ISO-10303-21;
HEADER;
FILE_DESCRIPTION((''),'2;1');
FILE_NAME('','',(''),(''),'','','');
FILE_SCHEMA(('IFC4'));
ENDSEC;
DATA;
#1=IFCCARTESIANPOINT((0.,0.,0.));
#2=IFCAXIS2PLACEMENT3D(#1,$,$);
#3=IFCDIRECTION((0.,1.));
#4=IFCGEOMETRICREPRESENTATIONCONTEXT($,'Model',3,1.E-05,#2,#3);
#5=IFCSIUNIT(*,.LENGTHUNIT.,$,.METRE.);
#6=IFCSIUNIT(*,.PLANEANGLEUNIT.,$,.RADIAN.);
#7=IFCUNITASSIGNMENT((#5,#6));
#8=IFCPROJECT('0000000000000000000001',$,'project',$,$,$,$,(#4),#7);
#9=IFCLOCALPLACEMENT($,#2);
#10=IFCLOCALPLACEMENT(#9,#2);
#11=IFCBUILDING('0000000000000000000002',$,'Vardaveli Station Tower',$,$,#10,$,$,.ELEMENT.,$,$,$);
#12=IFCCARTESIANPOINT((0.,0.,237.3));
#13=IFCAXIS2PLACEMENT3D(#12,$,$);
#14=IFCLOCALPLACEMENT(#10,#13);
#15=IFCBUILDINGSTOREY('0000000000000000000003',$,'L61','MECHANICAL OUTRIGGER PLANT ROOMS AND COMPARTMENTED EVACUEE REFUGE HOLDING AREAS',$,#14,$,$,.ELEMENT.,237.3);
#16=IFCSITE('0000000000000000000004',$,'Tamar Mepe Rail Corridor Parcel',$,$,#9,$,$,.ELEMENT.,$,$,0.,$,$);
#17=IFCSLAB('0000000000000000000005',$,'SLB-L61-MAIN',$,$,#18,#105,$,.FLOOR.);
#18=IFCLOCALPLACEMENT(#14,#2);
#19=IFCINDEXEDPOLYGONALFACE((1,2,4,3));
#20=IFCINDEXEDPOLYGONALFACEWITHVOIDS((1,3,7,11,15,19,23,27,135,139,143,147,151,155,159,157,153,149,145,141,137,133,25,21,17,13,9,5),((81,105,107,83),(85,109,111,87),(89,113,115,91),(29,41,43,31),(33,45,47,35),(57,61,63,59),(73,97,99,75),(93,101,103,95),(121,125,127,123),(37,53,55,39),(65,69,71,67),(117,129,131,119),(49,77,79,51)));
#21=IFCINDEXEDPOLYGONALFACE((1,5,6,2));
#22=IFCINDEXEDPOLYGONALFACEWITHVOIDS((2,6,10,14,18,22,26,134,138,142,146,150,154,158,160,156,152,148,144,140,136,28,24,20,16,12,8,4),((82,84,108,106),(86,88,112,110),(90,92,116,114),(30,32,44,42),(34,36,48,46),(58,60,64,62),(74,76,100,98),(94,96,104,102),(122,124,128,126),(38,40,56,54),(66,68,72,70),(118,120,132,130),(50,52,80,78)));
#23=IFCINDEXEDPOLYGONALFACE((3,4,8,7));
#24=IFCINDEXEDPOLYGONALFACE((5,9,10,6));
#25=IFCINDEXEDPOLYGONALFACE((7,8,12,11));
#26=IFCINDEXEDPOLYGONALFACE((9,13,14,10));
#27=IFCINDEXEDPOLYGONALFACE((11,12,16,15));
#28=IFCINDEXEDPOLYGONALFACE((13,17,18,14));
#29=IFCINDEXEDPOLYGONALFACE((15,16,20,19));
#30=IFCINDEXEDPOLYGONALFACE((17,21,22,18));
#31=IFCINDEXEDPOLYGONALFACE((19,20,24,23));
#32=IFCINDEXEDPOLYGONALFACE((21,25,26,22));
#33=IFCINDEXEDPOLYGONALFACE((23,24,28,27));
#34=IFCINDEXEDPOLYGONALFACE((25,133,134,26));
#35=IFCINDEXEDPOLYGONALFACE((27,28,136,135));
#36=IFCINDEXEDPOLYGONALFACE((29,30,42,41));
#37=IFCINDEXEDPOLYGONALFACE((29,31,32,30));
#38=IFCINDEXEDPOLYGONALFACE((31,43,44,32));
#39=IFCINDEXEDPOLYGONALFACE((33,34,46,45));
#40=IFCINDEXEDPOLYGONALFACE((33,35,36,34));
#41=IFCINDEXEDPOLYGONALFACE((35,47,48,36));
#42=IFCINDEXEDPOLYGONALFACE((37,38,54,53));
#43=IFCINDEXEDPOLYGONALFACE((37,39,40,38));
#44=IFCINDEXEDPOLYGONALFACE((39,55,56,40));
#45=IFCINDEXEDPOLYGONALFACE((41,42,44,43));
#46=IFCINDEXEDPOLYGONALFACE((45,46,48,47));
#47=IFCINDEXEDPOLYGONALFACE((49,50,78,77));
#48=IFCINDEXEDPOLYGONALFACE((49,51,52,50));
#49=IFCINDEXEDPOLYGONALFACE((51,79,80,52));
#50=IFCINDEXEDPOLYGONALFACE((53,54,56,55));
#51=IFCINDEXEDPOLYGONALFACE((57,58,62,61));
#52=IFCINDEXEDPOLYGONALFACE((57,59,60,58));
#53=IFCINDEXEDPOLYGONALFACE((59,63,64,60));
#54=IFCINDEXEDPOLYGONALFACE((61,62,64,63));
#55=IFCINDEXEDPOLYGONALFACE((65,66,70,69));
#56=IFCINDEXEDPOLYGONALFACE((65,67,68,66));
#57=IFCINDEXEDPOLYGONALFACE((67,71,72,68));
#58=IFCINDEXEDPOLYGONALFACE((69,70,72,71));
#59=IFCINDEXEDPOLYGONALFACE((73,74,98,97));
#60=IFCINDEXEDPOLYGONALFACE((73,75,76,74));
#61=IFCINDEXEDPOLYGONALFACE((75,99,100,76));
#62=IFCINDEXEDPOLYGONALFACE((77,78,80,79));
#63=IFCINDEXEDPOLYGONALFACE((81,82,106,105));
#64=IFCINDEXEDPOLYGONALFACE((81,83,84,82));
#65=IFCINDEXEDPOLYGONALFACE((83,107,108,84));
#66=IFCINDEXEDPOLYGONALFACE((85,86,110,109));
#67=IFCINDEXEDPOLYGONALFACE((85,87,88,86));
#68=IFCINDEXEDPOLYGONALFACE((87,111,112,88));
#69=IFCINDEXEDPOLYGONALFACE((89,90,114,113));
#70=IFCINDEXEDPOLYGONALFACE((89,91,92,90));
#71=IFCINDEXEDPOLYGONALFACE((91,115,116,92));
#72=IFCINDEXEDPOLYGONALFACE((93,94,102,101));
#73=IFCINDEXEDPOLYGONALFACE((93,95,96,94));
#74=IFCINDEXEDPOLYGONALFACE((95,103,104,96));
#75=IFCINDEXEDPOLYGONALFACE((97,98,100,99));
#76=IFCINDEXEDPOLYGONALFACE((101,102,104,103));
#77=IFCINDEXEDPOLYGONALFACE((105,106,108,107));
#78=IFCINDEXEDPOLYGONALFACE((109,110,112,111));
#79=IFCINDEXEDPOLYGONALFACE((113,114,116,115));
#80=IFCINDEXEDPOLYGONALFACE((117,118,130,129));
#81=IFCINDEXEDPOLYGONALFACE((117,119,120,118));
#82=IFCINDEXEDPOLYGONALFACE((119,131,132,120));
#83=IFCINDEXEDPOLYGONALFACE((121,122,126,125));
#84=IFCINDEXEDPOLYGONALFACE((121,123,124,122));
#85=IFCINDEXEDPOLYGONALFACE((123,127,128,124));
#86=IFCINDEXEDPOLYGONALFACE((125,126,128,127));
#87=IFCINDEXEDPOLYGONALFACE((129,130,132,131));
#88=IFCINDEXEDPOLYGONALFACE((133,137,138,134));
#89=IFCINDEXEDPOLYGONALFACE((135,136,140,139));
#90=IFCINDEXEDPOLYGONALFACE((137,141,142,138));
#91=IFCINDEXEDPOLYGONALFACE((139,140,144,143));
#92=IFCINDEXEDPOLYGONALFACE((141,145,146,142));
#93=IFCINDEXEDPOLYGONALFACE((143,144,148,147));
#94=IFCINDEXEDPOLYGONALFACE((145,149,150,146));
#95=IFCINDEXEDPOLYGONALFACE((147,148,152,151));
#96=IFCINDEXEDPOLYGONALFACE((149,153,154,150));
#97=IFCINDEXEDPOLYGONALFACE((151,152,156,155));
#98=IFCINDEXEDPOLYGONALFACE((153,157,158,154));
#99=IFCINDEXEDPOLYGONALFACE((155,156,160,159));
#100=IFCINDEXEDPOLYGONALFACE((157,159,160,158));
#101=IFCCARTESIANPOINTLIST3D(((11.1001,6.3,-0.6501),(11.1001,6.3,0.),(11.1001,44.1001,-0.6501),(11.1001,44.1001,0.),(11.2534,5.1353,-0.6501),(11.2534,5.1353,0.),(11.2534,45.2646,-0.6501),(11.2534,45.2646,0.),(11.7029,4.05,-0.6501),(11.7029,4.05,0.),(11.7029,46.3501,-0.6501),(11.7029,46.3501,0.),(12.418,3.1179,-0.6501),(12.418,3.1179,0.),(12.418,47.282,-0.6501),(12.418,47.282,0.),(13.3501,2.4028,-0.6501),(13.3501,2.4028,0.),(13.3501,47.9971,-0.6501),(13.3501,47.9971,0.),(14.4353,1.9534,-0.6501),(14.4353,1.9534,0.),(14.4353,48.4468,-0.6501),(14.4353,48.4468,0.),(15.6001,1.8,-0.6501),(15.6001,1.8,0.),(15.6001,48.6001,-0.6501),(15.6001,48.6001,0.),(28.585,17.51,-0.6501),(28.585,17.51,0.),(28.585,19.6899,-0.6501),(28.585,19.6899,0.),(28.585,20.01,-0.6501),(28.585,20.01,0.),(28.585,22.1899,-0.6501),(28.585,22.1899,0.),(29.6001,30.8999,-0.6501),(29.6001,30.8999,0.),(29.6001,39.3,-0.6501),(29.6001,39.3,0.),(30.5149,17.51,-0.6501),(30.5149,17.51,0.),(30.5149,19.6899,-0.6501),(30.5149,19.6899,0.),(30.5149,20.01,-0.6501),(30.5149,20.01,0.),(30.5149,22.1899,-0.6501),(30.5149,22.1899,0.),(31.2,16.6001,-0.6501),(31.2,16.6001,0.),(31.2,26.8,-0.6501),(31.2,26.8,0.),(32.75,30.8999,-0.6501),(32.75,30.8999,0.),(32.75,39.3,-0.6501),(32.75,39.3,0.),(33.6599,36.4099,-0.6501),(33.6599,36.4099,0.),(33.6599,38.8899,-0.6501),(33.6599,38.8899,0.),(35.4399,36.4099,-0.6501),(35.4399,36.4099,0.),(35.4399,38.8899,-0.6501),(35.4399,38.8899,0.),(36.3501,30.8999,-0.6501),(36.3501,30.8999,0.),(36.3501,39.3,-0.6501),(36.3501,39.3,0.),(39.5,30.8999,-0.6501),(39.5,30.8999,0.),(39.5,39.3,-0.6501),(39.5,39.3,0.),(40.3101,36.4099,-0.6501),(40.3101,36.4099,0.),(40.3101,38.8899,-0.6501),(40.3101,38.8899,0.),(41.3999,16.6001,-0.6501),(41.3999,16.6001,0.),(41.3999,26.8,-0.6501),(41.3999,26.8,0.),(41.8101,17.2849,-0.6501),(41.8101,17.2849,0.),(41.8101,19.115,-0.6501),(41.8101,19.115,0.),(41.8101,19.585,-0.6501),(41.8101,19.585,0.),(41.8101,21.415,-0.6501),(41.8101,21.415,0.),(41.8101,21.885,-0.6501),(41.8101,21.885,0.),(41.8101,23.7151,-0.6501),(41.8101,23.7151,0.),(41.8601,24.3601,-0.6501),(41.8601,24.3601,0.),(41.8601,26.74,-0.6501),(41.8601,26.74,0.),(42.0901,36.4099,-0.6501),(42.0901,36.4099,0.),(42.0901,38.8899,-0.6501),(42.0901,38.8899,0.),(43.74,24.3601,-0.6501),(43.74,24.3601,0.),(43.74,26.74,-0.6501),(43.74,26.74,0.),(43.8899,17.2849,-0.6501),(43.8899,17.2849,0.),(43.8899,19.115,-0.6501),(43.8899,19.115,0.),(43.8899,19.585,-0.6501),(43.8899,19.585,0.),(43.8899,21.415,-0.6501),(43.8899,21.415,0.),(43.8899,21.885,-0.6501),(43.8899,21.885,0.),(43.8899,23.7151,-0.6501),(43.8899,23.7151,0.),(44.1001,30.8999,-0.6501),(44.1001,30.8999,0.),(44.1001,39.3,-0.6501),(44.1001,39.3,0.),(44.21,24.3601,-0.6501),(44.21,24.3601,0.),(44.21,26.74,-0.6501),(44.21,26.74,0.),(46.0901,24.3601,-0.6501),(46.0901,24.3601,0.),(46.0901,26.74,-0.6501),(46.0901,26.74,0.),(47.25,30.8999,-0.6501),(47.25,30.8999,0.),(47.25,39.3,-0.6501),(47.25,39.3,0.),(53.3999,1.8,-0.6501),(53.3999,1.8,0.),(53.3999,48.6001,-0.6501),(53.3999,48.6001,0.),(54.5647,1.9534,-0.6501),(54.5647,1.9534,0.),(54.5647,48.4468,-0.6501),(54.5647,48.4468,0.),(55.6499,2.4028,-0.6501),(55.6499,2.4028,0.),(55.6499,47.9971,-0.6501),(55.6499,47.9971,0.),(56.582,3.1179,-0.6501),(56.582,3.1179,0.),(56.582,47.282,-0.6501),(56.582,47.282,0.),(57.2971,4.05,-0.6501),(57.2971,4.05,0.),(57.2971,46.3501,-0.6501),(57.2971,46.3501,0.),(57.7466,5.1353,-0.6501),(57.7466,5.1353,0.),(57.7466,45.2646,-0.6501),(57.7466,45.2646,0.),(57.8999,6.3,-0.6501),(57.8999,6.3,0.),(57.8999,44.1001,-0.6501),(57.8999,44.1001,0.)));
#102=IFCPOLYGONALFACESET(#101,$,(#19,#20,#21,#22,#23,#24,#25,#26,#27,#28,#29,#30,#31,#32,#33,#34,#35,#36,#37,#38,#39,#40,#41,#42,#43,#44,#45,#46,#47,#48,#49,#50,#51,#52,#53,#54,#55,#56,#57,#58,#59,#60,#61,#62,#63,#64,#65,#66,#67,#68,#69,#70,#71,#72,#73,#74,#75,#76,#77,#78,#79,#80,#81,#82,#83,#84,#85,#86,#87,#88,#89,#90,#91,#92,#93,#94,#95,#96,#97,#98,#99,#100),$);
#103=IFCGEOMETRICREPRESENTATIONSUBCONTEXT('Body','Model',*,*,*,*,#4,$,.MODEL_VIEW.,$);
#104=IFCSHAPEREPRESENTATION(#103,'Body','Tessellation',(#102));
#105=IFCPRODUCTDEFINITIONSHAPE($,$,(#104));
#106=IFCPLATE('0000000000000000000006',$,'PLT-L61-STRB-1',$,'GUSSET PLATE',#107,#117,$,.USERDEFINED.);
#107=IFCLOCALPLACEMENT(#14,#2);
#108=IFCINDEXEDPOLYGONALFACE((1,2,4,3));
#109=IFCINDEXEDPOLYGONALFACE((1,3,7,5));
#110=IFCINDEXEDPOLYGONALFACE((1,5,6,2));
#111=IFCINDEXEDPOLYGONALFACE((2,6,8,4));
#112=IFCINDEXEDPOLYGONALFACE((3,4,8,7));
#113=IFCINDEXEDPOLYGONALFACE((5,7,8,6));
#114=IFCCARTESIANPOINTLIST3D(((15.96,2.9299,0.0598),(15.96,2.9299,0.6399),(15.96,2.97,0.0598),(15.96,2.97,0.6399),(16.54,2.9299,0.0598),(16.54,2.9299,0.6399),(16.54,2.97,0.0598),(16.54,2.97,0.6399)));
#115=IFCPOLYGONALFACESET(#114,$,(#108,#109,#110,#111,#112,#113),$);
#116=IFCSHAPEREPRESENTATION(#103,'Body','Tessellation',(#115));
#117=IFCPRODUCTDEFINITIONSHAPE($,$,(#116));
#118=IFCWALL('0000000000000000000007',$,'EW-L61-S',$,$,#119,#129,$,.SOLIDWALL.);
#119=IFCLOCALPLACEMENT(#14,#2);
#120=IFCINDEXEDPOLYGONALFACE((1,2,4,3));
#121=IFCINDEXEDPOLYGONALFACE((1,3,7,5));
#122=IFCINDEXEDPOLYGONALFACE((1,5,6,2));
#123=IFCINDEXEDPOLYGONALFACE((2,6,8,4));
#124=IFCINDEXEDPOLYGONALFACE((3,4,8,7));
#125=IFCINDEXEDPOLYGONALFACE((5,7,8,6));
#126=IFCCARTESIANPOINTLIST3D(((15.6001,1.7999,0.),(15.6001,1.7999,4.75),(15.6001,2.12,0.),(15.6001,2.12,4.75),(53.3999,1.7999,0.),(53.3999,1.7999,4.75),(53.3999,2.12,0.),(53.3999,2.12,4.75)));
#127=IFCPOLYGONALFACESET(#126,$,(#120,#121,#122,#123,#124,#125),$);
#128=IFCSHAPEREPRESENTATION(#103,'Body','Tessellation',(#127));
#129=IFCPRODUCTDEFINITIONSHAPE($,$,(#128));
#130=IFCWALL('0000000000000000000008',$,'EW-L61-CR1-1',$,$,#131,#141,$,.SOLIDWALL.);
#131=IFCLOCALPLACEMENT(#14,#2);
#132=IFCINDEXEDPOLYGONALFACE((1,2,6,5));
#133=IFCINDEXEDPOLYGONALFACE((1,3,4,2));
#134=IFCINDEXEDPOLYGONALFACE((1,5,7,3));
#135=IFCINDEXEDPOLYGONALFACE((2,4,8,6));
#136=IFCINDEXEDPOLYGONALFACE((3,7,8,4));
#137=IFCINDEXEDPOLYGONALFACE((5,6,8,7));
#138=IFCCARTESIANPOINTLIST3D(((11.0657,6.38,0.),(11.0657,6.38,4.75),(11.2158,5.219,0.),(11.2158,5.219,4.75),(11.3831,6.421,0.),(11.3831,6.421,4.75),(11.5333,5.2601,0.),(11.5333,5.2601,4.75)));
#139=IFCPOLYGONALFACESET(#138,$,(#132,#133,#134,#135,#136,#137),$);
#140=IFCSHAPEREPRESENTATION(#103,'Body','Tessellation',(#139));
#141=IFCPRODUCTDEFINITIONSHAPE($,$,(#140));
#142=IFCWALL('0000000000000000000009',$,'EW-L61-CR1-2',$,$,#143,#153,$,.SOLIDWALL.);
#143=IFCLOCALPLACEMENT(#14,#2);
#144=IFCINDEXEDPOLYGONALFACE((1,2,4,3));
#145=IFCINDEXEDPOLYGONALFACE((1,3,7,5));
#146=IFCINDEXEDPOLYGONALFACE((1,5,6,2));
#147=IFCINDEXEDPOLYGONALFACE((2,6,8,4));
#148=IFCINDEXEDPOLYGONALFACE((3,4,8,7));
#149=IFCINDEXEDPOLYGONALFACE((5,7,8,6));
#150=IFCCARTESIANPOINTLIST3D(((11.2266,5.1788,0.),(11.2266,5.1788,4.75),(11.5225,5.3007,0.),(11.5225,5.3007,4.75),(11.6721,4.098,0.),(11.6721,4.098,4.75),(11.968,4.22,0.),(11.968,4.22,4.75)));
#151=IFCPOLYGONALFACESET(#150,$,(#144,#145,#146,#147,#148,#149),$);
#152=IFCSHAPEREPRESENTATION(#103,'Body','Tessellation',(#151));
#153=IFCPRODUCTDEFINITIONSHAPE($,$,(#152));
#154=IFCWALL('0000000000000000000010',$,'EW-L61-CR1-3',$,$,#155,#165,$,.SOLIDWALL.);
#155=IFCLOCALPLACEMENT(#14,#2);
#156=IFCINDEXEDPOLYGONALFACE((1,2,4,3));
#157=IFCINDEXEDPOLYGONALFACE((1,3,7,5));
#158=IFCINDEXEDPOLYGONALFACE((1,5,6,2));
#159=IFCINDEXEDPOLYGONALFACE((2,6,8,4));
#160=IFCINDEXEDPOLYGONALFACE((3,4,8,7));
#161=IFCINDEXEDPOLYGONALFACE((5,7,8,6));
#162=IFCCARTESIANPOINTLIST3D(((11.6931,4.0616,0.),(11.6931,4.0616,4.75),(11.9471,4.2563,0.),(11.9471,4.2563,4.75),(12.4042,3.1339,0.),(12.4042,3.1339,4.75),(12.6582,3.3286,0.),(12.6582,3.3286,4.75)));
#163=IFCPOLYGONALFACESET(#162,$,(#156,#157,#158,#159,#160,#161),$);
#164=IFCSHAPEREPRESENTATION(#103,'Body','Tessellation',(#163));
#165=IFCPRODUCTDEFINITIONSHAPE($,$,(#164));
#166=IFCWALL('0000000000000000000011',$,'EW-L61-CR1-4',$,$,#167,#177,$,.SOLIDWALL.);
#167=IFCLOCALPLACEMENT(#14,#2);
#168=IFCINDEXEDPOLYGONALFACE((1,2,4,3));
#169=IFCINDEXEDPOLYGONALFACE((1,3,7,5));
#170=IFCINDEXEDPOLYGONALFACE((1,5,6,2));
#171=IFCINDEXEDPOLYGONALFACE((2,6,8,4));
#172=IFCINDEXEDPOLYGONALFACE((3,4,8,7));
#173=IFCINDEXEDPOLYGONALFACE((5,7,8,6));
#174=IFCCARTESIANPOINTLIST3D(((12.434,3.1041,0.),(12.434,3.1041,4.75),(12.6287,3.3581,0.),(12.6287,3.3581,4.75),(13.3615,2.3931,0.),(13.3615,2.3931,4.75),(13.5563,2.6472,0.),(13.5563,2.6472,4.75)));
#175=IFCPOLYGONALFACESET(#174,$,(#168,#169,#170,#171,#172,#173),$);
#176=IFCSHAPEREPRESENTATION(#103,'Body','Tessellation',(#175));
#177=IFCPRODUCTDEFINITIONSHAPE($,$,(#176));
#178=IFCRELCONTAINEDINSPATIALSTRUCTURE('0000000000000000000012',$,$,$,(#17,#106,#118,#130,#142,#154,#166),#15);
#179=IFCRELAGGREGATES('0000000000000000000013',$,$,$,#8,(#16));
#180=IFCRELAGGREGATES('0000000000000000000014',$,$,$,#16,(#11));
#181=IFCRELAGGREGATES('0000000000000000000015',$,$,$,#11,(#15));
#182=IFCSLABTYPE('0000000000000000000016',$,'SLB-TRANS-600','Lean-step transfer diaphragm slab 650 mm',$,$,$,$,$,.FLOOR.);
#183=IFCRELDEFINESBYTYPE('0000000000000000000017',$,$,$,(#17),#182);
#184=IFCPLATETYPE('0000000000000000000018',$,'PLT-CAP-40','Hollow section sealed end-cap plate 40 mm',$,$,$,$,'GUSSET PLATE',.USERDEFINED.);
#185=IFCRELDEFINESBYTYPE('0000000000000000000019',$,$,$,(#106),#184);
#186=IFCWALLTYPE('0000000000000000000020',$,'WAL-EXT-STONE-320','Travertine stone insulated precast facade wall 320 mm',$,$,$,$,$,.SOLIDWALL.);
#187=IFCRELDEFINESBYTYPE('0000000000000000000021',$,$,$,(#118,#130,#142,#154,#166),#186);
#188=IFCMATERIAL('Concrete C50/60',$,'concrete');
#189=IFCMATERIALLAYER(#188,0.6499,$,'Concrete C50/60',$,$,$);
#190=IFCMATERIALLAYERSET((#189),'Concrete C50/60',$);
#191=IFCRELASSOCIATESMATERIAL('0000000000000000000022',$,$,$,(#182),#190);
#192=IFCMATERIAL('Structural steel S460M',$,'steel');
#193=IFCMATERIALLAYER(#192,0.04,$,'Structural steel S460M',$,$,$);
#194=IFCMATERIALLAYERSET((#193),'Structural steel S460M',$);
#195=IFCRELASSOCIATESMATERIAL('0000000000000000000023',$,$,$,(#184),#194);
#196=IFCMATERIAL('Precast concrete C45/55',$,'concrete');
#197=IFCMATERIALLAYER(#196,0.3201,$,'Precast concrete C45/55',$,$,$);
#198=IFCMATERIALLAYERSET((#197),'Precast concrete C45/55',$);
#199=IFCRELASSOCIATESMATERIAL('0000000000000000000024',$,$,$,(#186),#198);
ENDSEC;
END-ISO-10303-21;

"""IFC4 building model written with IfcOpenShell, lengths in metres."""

from ifc_helpers import new_model, si_unit, direction, frame, frame_2d, origin, origin_2d, place, context, subcontext, project, spatial, polyline, rectangle, outline, extrude, source, transform, mapped, material, layer, layer_set, type_object, element, save


model = new_model("IFC4")

# Units and contexts
model_context = context("Model", 3, precision=1e-05, world=origin(), true_north=direction((0.0, 1.0)))
body_context = subcontext(model_context, "Body", "Model", "MODEL_VIEW")
ifc_project = project(units=[si_unit("LENGTHUNIT", "METRE"), si_unit("PLANEANGLEUNIT", "RADIAN")], contexts=[model_context])

# Site, building, storey
site_placement = place(None, origin())
site = spatial("IfcSite", under=ifc_project, at=site_placement, Name="Tamar Mepe Rail Corridor Parcel", CompositionType="ELEMENT", RefElevation=0.0)
building_placement = place(site_placement, origin())
building = spatial("IfcBuilding", under=site, at=building_placement, Name="Vardaveli Station Tower", CompositionType="ELEMENT")
storey_placement = place(building_placement, frame((0.0, 0.0, 237.3)))
storey = spatial("IfcBuildingStorey", under=building, at=storey_placement, Name="L61", Description="MECHANICAL OUTRIGGER PLANT ROOMS AND COMPARTMENTED EVACUEE REFUGE HOLDING AREAS", CompositionType="ELEMENT", Elevation=237.3)

# Shared definitions
ifc_material_1 = material(Name="Structural steel S460M", Category="steel")

# Slab
ifc_material_2 = material(Name="Concrete C50/60", Category="concrete")
ifc_layer_1 = layer(ifc_material_2, 0.6499, Name="Concrete C50/60")
ifc_layer_set_1 = layer_set([ifc_layer_1], Name="Concrete C50/60")
slab_type_1 = type_object("IfcSlabType", Name="SLB-TRANS-600", Description="Lean-step transfer diaphragm slab 650 mm", PredefinedType="FLOOR", material=ifc_layer_set_1)
slab_1_placement = place(storey_placement, frame((0.0, 0.0, -0.6501)))
element("IfcSlab", 1, at=slab_1_placement, inside=storey, type_object=slab_type_1, Name="SLB-L61-MAIN", PredefinedType="FLOOR", context=body_context, shape_type="SweptSolid", body=[
    extrude(outline(polyline([(11.1001, 6.3), (11.2534, 5.1353), (11.7029, 4.05), (12.418, 3.1179), (13.3501, 2.4028), (14.4353, 1.9534), (15.6001, 1.8), (53.3999, 1.8), (54.5647, 1.9534), (55.6499, 2.4028), (56.582, 3.1179), (57.2971, 4.05), (57.7466, 5.1353), (57.8999, 6.3), (57.8999, 44.1001), (57.7466, 45.2646), (57.2971, 46.3501), (56.582, 47.282), (55.6499, 47.9971), (54.5647, 48.4468), (53.3999, 48.6001), (15.6001, 48.6001), (14.4353, 48.4468), (13.3501, 47.9971), (12.418, 47.282), (11.7029, 46.3501), (11.2534, 45.2646), (11.1001, 44.1001), (11.1001, 6.3)]), holes=[polyline([(31.2, 16.6001), (41.3999, 16.6001), (41.3999, 26.8), (31.2, 26.8), (31.2, 16.6001)]), polyline([(32.75, 30.8999), (32.75, 39.3), (29.6001, 39.3), (29.6001, 30.8999), (32.75, 30.8999)]), polyline([(39.5, 30.8999), (39.5, 39.3), (36.3501, 39.3), (36.3501, 30.8999), (39.5, 30.8999)]), polyline([(47.25, 30.8999), (47.25, 39.3), (44.1001, 39.3), (44.1001, 30.8999), (47.25, 30.8999)]), polyline([(33.6599, 36.4099), (35.4399, 36.4099), (35.4399, 38.8899), (33.6599, 38.8899), (33.6599, 36.4099)]), polyline([(40.3101, 36.4099), (42.0901, 36.4099), (42.0901, 38.8899), (40.3101, 38.8899), (40.3101, 36.4099)]), polyline([(41.8101, 21.885), (43.8899, 21.885), (43.8899, 23.7151), (41.8101, 23.7151), (41.8101, 21.885)]), polyline([(41.8101, 19.585), (43.8899, 19.585), (43.8899, 21.415), (41.8101, 21.415), (41.8101, 19.585)]), polyline([(41.8101, 17.2849), (43.8899, 17.2849), (43.8899, 19.115), (41.8101, 19.115), (41.8101, 17.2849)]), polyline([(28.585, 17.51), (30.5149, 17.51), (30.5149, 19.6899), (28.585, 19.6899), (28.585, 17.51)]), polyline([(28.585, 20.01), (30.5149, 20.01), (30.5149, 22.1899), (28.585, 22.1899), (28.585, 20.01)]), polyline([(41.8601, 24.3601), (43.74, 24.3601), (43.74, 26.74), (41.8601, 26.74), (41.8601, 24.3601)]), polyline([(44.21, 24.3601), (46.0901, 24.3601), (46.0901, 26.74), (44.21, 26.74), (44.21, 24.3601)])]), origin(), (0.0, 0.0, 1.0), 0.6501),
])

# Plate
ifc_layer_2 = layer(ifc_material_1, 0.04, Name="Structural steel S460M")
ifc_layer_set_2 = layer_set([ifc_layer_2], Name="Structural steel S460M")
plate_type = type_object("IfcPlateType", Name="PLT-CAP-40", Description="Hollow section sealed end-cap plate 40 mm", ElementType="GUSSET PLATE", PredefinedType="USERDEFINED", material=ifc_layer_set_2)
shared_shape_1 = source(origin(), body_context, "Body", "SweptSolid", [
    extrude(rectangle(XDim=0.5801, YDim=0.04, at=origin_2d()), origin(), (0.0, 0.0, 1.0), 0.5801),
])
plate_placement = place(storey_placement, frame((16.25, 2.95, 0.0598), z_axis=(0.0, 0.0, 1.0), x_axis=(1.0, 0.0, 0.0)))
element("IfcPlate", 2, at=plate_placement, inside=storey, type_object=plate_type, Name="PLT-L61-STRB-1", ObjectType="GUSSET PLATE", PredefinedType="USERDEFINED", context=body_context, shape_type="MappedRepresentation", body=[
    mapped(shared_shape_1, transform((0.0, 0.0, 0.0), scale=1.0)),
])

# Walls
ifc_material_3 = material(Name="Precast concrete C45/55", Category="concrete")
ifc_layer_3 = layer(ifc_material_3, 0.3201, Name="Precast concrete C45/55")
ifc_layer_set_3 = layer_set([ifc_layer_3], Name="Precast concrete C45/55")
wall_type_1 = type_object("IfcWallType", Name="WAL-EXT-STONE-320", Description="Travertine stone insulated precast facade wall 320 mm", PredefinedType="SOLIDWALL", material=ifc_layer_set_3)
shared_shape_2 = source(origin(), body_context, "Body", "SweptSolid", [
    extrude(rectangle(XDim=37.7998, YDim=0.3201, at=frame_2d((18.8999, 0.0))), origin(), (0.0, 0.0, 1.0), 4.75),
])
wall_1_placement = place(storey_placement, frame((15.6001, 1.96, 0.0), z_axis=(0.0, 0.0, 1.0), x_axis=(1.0, 0.0, 0.0)))
element("IfcWall", 3, at=wall_1_placement, inside=storey, type_object=wall_type_1, Name="EW-L61-S", PredefinedType="SOLIDWALL", context=body_context, shape_type="MappedRepresentation", body=[
    mapped(shared_shape_2, transform((0.0, 0.0, 0.0), scale=1.0)),
])
shared_shape_3 = source(origin(), body_context, "Body", "SweptSolid", [
    extrude(rectangle(XDim=1.1707, YDim=0.3201, at=frame_2d((0.5854, 0.0))), origin(), (0.0, 0.0, 1.0), 4.75),
])
wall_2_placement = place(storey_placement, frame((11.2244, 6.4006, 0.0), z_axis=(0.0, 0.0, 1.0), x_axis=(0.128269, -0.991739, 0.0)))
element("IfcWall", 4, at=wall_2_placement, inside=storey, type_object=wall_type_1, Name="EW-L61-CR1-1", PredefinedType="SOLIDWALL", context=body_context, shape_type="MappedRepresentation", body=[
    mapped(shared_shape_3, transform((0.0, 0.0, 0.0), scale=1.0)),
])
shared_shape_4 = source(origin(), body_context, "Body", "SweptSolid", [
    extrude(rectangle(XDim=1.1689, YDim=0.3201, at=frame_2d((0.5845, 0.0))), origin(), (0.0, 0.0, 1.0), 4.75),
])
for number, where, z_axis, x_axis, name in (
    (5, (11.3745, 5.2397, 0.0), (0.0, 0.0, 1.0), (0.381128, -0.924522, 0.0), "EW-L61-CR1-2"),
    (6, (11.8201, 4.1589, 0.0), (0.0, 0.0, 1.0), (0.608388, -0.79364, 0.0), "EW-L61-CR1-3"),
):
    element("IfcWall", number, at=place(storey_placement, frame(where, z_axis=z_axis, x_axis=x_axis)), inside=storey, type_object=wall_type_1, Name=name, PredefinedType="SOLIDWALL", context=body_context, shape_type="MappedRepresentation", body=[
        mapped(shared_shape_4, transform((0.0, 0.0, 0.0), scale=1.0)),
    ])
shared_shape_5 = source(origin(), body_context, "Body", "SweptSolid", [
    extrude(rectangle(XDim=1.1687, YDim=0.3201, at=frame_2d((0.5845, 0.0))), origin(), (0.0, 0.0, 1.0), 4.75),
])
wall_3_placement = place(storey_placement, frame((12.5312, 3.2312, 0.0), z_axis=(0.0, 0.0, 1.0), x_axis=(0.793664, -0.608357, 0.0)))
element("IfcWall", 7, at=wall_3_placement, inside=storey, type_object=wall_type_1, Name="EW-L61-CR1-4", PredefinedType="SOLIDWALL", context=body_context, shape_type="MappedRepresentation", body=[
    mapped(shared_shape_5, transform((0.0, 0.0, 0.0), scale=1.0)),
])

save(model, "model.ifc")
